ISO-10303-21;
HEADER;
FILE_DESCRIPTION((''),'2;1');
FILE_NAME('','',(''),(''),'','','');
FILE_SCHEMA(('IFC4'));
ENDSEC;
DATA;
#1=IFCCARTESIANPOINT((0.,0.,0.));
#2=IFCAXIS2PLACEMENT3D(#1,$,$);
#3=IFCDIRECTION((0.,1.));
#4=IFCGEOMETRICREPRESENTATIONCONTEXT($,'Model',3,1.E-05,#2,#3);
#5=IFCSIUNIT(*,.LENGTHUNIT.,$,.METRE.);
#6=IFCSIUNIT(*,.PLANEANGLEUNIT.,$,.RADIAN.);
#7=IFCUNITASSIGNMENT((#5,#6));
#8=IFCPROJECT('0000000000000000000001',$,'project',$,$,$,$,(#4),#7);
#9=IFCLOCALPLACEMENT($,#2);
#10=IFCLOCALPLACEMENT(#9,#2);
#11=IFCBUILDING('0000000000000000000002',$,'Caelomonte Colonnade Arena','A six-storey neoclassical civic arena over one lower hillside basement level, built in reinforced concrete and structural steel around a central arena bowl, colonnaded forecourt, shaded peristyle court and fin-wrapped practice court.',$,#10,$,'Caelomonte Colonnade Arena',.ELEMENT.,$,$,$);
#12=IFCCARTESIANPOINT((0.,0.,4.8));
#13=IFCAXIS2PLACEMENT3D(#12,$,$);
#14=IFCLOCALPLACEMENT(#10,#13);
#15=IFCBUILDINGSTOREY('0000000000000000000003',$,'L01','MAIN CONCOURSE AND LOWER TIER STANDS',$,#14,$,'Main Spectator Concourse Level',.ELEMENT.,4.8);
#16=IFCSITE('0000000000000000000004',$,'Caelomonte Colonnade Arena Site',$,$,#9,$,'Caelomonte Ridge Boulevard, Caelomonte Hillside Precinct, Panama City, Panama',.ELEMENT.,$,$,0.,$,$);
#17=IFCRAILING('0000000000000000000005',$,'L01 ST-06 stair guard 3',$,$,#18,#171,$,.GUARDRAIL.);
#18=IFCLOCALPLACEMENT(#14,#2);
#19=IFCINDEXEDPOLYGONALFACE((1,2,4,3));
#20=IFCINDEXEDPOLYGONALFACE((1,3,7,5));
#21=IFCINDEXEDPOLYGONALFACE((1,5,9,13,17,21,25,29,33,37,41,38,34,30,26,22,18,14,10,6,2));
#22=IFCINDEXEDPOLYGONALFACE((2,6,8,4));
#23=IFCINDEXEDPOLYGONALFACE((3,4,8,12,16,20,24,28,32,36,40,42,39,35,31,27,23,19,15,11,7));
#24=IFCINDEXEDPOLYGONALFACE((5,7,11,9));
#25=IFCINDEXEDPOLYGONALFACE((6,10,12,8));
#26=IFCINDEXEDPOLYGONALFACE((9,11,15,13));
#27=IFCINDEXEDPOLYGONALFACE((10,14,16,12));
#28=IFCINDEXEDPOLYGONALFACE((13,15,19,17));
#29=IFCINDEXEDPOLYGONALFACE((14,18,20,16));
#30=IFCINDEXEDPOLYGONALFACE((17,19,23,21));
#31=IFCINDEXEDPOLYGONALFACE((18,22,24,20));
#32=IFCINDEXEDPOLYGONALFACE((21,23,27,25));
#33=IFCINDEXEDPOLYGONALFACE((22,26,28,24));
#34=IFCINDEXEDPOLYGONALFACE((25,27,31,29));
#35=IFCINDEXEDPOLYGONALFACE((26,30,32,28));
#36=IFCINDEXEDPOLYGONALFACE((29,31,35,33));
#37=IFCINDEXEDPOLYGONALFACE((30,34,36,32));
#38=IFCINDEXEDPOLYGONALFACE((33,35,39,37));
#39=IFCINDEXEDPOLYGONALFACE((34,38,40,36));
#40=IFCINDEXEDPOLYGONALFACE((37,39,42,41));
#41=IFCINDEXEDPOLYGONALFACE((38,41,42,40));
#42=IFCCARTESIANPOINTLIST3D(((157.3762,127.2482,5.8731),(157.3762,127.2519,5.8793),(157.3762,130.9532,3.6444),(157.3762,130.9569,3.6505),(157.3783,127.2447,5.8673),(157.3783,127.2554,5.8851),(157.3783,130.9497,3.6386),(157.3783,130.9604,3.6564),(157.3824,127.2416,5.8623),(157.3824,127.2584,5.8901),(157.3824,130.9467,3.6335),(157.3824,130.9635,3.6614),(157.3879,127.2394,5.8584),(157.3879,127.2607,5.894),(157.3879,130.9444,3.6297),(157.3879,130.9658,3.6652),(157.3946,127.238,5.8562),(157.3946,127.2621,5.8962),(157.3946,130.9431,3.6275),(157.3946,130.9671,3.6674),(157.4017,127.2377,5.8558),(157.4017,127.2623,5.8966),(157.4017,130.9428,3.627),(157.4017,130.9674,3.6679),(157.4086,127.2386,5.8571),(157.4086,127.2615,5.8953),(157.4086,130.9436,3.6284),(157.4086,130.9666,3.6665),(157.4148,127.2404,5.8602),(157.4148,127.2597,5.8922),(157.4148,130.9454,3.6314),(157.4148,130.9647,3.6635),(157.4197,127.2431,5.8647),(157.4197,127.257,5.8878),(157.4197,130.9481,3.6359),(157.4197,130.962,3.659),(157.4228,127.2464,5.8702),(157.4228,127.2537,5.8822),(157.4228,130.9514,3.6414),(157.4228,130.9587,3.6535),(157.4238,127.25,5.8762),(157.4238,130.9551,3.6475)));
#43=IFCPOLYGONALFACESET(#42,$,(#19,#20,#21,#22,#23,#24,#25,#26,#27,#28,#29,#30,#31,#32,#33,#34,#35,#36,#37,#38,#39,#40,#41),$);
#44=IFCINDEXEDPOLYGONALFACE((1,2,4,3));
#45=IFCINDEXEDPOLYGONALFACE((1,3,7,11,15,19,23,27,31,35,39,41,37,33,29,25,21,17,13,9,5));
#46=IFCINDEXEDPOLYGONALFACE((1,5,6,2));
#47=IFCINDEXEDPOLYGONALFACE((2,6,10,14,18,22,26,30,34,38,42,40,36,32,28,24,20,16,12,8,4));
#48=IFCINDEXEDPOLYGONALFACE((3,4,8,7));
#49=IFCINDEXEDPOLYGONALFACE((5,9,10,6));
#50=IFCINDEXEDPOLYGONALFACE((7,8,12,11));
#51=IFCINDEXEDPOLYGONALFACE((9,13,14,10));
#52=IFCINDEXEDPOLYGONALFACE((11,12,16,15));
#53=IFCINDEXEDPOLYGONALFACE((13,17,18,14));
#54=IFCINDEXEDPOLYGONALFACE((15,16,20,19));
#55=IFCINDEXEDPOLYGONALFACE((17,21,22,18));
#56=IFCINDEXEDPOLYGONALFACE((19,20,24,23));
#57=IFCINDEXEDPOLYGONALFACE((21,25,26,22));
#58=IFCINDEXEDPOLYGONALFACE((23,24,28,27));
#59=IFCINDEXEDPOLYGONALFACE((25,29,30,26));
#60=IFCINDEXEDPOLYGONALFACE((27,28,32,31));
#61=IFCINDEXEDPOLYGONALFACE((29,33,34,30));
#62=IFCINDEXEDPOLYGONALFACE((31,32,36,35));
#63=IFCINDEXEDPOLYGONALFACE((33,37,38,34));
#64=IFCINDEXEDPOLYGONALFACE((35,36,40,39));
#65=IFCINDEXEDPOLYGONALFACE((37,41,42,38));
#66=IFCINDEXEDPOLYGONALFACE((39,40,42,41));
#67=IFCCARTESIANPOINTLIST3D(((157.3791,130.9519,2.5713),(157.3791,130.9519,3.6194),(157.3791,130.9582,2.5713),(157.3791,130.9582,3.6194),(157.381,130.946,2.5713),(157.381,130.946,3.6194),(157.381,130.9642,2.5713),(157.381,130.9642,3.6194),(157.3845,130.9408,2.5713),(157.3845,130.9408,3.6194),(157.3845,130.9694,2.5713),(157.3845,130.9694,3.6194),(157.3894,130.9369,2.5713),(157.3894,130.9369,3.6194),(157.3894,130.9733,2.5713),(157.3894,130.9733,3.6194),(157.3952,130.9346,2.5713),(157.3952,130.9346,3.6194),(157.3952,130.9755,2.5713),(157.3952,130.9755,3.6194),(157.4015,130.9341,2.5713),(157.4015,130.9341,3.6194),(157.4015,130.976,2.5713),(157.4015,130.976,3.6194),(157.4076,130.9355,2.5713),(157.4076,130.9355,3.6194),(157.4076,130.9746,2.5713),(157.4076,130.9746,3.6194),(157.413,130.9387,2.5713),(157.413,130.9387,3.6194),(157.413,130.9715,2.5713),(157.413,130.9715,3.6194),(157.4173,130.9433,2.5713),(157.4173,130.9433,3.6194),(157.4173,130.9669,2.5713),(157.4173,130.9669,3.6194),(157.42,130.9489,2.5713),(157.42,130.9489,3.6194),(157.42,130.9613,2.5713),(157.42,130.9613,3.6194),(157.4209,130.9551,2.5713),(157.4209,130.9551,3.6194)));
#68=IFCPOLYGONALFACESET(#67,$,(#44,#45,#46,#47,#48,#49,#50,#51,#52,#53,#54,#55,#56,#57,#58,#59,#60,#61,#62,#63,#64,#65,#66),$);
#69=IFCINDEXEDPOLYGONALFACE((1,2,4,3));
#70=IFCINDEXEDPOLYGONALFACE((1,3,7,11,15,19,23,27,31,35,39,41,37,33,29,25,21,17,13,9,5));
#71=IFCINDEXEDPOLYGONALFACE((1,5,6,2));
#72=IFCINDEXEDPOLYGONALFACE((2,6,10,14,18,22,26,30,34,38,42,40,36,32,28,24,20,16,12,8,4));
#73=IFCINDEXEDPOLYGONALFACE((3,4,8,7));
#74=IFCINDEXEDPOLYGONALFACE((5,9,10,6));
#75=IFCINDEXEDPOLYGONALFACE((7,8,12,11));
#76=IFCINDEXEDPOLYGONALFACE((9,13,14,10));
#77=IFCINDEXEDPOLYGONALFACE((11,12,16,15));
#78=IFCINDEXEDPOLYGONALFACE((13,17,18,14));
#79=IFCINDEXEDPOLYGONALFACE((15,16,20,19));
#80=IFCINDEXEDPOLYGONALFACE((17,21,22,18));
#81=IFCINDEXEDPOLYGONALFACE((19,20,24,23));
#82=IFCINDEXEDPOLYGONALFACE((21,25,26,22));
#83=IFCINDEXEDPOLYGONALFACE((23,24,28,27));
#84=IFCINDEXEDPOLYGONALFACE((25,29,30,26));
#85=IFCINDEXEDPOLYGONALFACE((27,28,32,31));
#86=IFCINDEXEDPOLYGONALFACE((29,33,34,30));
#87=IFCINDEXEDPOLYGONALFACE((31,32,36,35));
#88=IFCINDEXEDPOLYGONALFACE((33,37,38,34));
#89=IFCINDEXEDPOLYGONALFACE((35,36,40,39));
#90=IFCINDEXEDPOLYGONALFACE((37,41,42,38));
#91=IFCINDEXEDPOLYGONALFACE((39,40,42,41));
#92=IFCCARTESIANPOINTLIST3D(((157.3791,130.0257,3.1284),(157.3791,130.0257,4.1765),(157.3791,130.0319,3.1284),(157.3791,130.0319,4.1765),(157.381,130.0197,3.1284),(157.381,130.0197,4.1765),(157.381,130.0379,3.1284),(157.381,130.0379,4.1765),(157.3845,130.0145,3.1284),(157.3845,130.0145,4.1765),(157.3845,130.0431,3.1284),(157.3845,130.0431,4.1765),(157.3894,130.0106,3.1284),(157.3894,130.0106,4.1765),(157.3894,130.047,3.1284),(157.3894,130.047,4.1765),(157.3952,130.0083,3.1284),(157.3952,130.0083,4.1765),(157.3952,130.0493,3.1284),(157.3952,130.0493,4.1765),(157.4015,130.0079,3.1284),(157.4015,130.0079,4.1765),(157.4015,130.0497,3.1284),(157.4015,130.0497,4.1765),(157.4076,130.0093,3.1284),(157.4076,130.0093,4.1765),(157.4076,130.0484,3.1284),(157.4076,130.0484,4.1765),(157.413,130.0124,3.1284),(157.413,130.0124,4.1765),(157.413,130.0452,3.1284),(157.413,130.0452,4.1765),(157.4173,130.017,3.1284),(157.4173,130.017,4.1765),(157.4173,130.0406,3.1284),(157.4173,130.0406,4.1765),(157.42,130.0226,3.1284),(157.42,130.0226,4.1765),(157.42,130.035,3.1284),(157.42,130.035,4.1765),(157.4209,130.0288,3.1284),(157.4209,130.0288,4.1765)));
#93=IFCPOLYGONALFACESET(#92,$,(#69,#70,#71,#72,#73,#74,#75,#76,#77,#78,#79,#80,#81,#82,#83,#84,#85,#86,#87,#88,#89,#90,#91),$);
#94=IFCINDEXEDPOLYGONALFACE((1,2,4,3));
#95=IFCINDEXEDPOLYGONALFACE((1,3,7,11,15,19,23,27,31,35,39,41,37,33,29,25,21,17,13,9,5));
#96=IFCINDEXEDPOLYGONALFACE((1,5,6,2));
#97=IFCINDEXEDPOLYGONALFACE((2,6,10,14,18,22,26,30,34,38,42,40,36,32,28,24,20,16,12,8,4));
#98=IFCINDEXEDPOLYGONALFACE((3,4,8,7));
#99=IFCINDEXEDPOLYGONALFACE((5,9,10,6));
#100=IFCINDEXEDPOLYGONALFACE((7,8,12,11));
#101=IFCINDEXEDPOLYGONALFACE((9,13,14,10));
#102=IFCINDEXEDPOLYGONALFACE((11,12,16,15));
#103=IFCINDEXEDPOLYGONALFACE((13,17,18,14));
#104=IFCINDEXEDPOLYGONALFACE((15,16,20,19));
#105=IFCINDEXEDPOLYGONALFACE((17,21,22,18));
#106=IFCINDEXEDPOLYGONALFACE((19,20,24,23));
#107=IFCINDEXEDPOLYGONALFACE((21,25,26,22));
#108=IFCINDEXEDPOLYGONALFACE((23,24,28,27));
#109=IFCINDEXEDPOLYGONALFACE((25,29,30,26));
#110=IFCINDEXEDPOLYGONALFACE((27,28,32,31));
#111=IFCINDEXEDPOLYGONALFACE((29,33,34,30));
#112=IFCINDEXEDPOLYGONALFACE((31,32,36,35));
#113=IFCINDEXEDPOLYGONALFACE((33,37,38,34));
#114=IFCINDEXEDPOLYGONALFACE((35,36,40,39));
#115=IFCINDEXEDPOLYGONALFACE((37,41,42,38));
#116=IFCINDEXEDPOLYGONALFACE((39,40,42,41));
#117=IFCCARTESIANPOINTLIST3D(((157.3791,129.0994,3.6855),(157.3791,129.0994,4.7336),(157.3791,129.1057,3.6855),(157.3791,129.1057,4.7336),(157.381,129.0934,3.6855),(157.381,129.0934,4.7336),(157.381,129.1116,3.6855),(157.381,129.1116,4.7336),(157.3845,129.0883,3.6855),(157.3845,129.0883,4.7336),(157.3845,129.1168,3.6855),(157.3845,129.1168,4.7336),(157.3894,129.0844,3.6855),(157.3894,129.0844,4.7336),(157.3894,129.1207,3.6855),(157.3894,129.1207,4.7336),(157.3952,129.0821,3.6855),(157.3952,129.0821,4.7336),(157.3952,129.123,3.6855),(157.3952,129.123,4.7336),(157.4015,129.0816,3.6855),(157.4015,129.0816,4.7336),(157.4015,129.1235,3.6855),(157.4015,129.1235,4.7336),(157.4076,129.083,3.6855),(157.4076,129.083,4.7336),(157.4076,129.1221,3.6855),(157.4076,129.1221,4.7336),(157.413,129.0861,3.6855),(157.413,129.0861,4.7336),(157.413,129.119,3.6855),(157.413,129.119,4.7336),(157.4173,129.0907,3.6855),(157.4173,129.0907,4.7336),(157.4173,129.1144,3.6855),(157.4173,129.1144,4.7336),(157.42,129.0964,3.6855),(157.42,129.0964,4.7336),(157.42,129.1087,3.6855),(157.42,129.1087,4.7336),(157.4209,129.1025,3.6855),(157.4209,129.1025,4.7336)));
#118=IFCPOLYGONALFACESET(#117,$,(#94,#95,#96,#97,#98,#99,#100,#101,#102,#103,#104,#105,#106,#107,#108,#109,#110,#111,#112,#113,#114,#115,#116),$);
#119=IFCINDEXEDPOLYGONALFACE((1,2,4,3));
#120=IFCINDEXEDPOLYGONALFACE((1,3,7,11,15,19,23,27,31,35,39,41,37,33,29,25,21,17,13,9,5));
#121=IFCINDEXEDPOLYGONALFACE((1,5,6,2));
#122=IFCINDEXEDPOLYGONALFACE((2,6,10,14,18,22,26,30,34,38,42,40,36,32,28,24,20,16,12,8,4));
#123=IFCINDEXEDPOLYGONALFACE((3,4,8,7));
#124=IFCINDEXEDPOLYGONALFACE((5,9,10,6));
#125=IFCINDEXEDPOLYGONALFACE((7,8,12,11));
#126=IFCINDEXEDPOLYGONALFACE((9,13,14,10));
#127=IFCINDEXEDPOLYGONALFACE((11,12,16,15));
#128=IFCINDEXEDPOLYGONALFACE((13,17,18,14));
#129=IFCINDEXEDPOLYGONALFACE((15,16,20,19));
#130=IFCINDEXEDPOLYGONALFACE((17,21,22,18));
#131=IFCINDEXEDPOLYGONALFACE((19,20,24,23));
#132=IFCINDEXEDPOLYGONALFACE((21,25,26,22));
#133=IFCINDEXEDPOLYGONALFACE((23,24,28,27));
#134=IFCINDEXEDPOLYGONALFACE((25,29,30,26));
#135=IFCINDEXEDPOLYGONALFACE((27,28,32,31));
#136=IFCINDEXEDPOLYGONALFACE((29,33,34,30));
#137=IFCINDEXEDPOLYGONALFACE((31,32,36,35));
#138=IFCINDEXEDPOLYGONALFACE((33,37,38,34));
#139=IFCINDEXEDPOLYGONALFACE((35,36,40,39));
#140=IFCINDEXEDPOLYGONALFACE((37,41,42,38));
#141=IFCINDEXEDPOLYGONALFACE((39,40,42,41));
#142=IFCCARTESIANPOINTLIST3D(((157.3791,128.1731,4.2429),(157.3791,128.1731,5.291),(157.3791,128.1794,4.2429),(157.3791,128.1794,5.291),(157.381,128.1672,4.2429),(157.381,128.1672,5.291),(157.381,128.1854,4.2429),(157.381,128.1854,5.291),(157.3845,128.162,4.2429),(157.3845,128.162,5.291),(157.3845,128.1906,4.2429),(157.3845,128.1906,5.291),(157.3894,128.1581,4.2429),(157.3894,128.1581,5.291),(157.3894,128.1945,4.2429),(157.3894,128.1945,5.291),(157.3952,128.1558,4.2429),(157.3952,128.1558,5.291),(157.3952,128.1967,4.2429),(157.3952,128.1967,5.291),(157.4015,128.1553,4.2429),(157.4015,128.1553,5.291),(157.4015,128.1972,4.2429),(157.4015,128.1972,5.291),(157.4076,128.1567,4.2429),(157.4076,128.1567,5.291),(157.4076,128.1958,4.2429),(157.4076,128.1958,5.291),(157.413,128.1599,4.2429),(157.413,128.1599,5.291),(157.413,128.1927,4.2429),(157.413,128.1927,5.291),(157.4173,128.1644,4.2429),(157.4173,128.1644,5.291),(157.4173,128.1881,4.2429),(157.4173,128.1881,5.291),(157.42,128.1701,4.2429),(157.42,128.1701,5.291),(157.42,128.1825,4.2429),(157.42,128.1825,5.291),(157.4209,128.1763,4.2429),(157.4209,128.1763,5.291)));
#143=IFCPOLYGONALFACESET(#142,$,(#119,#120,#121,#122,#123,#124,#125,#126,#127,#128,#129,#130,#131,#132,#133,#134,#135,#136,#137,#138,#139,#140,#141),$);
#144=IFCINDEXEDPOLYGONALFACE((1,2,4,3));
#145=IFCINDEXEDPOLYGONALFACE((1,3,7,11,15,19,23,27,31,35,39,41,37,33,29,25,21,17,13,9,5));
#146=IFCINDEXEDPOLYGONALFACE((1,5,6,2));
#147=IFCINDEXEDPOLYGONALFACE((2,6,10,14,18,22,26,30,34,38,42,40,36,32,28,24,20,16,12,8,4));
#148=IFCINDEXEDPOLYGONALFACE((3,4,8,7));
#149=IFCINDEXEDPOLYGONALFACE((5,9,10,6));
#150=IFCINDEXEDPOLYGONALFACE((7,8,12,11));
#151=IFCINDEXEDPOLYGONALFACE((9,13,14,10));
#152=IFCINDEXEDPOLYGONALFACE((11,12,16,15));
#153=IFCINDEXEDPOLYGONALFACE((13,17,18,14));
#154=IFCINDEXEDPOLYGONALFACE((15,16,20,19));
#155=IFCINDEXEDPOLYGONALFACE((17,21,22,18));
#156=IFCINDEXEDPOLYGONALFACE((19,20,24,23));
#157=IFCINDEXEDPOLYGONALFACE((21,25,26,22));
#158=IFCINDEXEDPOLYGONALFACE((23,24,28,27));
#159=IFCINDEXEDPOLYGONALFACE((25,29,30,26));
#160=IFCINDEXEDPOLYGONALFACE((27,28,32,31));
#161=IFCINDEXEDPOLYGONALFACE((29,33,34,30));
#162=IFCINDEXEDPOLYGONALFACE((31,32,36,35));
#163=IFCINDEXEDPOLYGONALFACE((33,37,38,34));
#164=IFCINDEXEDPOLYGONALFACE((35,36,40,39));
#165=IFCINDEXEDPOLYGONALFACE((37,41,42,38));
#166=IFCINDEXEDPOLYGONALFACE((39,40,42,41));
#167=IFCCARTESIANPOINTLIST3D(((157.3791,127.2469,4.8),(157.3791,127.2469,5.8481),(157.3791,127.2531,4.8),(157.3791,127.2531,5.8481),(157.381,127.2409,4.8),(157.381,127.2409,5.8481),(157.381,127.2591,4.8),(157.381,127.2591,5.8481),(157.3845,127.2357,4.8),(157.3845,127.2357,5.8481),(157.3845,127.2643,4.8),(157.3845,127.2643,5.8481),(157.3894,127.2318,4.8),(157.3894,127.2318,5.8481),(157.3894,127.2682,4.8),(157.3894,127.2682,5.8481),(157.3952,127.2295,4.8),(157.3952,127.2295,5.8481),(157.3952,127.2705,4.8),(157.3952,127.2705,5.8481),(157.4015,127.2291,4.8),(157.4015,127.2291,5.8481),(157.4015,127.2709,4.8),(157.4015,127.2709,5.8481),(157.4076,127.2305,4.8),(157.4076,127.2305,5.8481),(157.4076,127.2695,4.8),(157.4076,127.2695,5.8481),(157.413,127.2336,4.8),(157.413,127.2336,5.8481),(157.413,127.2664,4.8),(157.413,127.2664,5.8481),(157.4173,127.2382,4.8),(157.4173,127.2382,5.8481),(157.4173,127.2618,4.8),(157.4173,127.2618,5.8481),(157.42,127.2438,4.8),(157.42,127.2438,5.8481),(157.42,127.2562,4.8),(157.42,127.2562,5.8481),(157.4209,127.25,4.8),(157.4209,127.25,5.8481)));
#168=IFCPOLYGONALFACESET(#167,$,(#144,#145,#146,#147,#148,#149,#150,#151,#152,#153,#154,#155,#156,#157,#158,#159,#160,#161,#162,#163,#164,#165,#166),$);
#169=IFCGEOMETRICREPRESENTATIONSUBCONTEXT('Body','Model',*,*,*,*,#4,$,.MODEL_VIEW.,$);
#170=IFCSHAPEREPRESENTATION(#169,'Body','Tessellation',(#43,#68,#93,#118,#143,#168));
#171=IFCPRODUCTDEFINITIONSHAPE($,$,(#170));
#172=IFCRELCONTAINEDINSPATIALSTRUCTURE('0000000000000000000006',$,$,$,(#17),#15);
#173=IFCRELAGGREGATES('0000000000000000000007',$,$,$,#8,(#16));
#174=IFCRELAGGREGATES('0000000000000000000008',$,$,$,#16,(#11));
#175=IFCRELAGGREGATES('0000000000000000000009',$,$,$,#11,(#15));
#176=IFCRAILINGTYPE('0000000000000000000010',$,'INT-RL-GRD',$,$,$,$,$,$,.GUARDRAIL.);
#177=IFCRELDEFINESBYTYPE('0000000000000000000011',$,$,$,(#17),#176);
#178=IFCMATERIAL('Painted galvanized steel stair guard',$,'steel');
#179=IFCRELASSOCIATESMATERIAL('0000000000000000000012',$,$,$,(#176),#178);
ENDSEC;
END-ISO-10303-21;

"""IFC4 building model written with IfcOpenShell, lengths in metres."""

from ifc_helpers import new_model, si_unit, direction, frame, origin, origin_2d, place, context, subcontext, project, spatial, circle, extrude, material, type_object, element, save


model = new_model("IFC4")

# Units and contexts
model_context = context("Model", 3, precision=1e-05, world=origin(), true_north=direction((0.0, 1.0)))
body_context = subcontext(model_context, "Body", "Model", "MODEL_VIEW")
ifc_project = project(units=[si_unit("LENGTHUNIT", "METRE"), si_unit("PLANEANGLEUNIT", "RADIAN")], contexts=[model_context])

# Site, building, storey
site_placement = place(None, origin())
site = spatial("IfcSite", under=ifc_project, at=site_placement, Name="Caelomonte Colonnade Arena Site", LongName="Caelomonte Ridge Boulevard, Caelomonte Hillside Precinct, Panama City, Panama", CompositionType="ELEMENT", RefElevation=0.0)
building_placement = place(site_placement, origin())
building = spatial("IfcBuilding", under=site, at=building_placement, Name="Caelomonte Colonnade Arena", Description="A six-storey neoclassical civic arena over one lower hillside basement level, built in reinforced concrete and structural steel around a central arena bowl, colonnaded forecourt, shaded peristyle court and fin-wrapped practice court.", LongName="Caelomonte Colonnade Arena", CompositionType="ELEMENT")
storey_placement = place(building_placement, frame((0.0, 0.0, 4.8)))
storey = spatial("IfcBuildingStorey", under=building, at=storey_placement, Name="L01", Description="MAIN CONCOURSE AND LOWER TIER STANDS", LongName="Main Spectator Concourse Level", CompositionType="ELEMENT", Elevation=4.8)

# Railing
ifc_material_1 = material(Name="Painted galvanized steel stair guard", Category="steel")
railing_type_1 = type_object("IfcRailingType", Name="INT-RL-GRD", PredefinedType="GUARDRAIL", material=ifc_material_1)
railing_1_placement = place(storey_placement, frame((157.3999, 130.9551, 2.5713)))
element("IfcRailing", 1, at=railing_1_placement, inside=storey, type_object=railing_type_1, Name="L01 ST-06 stair guard 3", PredefinedType="GUARDRAIL", context=body_context, shape_type="SweptSolid", body=[
    extrude(circle(Radius=0.0239, at=origin_2d()), frame((0.0, 0.0, 1.0762), z_axis=(0.0, -0.856909, 0.515467), x_axis=(1.0, 0.0, 0.0)), (0.0, 0.0, 1.0), 4.3237),
    extrude(circle(Radius=0.021, at=origin_2d()), origin(), (0.0, 0.0, 1.0), 1.0481),
    extrude(circle(Radius=0.021, at=origin_2d()), frame((0.0, -0.9263, 0.5571)), (0.0, 0.0, 1.0), 1.0481),
    extrude(circle(Radius=0.021, at=origin_2d()), frame((0.0, -1.8525, 1.1143)), (0.0, 0.0, 1.0), 1.0481),
    extrude(circle(Radius=0.021, at=origin_2d()), frame((0.0, -2.7788, 1.6716)), (0.0, 0.0, 1.0), 1.0481),
    extrude(circle(Radius=0.021, at=origin_2d()), frame((0.0, -3.7051, 2.2288)), (0.0, 0.0, 1.0), 1.0481),
])

save(model, "model.ifc")
